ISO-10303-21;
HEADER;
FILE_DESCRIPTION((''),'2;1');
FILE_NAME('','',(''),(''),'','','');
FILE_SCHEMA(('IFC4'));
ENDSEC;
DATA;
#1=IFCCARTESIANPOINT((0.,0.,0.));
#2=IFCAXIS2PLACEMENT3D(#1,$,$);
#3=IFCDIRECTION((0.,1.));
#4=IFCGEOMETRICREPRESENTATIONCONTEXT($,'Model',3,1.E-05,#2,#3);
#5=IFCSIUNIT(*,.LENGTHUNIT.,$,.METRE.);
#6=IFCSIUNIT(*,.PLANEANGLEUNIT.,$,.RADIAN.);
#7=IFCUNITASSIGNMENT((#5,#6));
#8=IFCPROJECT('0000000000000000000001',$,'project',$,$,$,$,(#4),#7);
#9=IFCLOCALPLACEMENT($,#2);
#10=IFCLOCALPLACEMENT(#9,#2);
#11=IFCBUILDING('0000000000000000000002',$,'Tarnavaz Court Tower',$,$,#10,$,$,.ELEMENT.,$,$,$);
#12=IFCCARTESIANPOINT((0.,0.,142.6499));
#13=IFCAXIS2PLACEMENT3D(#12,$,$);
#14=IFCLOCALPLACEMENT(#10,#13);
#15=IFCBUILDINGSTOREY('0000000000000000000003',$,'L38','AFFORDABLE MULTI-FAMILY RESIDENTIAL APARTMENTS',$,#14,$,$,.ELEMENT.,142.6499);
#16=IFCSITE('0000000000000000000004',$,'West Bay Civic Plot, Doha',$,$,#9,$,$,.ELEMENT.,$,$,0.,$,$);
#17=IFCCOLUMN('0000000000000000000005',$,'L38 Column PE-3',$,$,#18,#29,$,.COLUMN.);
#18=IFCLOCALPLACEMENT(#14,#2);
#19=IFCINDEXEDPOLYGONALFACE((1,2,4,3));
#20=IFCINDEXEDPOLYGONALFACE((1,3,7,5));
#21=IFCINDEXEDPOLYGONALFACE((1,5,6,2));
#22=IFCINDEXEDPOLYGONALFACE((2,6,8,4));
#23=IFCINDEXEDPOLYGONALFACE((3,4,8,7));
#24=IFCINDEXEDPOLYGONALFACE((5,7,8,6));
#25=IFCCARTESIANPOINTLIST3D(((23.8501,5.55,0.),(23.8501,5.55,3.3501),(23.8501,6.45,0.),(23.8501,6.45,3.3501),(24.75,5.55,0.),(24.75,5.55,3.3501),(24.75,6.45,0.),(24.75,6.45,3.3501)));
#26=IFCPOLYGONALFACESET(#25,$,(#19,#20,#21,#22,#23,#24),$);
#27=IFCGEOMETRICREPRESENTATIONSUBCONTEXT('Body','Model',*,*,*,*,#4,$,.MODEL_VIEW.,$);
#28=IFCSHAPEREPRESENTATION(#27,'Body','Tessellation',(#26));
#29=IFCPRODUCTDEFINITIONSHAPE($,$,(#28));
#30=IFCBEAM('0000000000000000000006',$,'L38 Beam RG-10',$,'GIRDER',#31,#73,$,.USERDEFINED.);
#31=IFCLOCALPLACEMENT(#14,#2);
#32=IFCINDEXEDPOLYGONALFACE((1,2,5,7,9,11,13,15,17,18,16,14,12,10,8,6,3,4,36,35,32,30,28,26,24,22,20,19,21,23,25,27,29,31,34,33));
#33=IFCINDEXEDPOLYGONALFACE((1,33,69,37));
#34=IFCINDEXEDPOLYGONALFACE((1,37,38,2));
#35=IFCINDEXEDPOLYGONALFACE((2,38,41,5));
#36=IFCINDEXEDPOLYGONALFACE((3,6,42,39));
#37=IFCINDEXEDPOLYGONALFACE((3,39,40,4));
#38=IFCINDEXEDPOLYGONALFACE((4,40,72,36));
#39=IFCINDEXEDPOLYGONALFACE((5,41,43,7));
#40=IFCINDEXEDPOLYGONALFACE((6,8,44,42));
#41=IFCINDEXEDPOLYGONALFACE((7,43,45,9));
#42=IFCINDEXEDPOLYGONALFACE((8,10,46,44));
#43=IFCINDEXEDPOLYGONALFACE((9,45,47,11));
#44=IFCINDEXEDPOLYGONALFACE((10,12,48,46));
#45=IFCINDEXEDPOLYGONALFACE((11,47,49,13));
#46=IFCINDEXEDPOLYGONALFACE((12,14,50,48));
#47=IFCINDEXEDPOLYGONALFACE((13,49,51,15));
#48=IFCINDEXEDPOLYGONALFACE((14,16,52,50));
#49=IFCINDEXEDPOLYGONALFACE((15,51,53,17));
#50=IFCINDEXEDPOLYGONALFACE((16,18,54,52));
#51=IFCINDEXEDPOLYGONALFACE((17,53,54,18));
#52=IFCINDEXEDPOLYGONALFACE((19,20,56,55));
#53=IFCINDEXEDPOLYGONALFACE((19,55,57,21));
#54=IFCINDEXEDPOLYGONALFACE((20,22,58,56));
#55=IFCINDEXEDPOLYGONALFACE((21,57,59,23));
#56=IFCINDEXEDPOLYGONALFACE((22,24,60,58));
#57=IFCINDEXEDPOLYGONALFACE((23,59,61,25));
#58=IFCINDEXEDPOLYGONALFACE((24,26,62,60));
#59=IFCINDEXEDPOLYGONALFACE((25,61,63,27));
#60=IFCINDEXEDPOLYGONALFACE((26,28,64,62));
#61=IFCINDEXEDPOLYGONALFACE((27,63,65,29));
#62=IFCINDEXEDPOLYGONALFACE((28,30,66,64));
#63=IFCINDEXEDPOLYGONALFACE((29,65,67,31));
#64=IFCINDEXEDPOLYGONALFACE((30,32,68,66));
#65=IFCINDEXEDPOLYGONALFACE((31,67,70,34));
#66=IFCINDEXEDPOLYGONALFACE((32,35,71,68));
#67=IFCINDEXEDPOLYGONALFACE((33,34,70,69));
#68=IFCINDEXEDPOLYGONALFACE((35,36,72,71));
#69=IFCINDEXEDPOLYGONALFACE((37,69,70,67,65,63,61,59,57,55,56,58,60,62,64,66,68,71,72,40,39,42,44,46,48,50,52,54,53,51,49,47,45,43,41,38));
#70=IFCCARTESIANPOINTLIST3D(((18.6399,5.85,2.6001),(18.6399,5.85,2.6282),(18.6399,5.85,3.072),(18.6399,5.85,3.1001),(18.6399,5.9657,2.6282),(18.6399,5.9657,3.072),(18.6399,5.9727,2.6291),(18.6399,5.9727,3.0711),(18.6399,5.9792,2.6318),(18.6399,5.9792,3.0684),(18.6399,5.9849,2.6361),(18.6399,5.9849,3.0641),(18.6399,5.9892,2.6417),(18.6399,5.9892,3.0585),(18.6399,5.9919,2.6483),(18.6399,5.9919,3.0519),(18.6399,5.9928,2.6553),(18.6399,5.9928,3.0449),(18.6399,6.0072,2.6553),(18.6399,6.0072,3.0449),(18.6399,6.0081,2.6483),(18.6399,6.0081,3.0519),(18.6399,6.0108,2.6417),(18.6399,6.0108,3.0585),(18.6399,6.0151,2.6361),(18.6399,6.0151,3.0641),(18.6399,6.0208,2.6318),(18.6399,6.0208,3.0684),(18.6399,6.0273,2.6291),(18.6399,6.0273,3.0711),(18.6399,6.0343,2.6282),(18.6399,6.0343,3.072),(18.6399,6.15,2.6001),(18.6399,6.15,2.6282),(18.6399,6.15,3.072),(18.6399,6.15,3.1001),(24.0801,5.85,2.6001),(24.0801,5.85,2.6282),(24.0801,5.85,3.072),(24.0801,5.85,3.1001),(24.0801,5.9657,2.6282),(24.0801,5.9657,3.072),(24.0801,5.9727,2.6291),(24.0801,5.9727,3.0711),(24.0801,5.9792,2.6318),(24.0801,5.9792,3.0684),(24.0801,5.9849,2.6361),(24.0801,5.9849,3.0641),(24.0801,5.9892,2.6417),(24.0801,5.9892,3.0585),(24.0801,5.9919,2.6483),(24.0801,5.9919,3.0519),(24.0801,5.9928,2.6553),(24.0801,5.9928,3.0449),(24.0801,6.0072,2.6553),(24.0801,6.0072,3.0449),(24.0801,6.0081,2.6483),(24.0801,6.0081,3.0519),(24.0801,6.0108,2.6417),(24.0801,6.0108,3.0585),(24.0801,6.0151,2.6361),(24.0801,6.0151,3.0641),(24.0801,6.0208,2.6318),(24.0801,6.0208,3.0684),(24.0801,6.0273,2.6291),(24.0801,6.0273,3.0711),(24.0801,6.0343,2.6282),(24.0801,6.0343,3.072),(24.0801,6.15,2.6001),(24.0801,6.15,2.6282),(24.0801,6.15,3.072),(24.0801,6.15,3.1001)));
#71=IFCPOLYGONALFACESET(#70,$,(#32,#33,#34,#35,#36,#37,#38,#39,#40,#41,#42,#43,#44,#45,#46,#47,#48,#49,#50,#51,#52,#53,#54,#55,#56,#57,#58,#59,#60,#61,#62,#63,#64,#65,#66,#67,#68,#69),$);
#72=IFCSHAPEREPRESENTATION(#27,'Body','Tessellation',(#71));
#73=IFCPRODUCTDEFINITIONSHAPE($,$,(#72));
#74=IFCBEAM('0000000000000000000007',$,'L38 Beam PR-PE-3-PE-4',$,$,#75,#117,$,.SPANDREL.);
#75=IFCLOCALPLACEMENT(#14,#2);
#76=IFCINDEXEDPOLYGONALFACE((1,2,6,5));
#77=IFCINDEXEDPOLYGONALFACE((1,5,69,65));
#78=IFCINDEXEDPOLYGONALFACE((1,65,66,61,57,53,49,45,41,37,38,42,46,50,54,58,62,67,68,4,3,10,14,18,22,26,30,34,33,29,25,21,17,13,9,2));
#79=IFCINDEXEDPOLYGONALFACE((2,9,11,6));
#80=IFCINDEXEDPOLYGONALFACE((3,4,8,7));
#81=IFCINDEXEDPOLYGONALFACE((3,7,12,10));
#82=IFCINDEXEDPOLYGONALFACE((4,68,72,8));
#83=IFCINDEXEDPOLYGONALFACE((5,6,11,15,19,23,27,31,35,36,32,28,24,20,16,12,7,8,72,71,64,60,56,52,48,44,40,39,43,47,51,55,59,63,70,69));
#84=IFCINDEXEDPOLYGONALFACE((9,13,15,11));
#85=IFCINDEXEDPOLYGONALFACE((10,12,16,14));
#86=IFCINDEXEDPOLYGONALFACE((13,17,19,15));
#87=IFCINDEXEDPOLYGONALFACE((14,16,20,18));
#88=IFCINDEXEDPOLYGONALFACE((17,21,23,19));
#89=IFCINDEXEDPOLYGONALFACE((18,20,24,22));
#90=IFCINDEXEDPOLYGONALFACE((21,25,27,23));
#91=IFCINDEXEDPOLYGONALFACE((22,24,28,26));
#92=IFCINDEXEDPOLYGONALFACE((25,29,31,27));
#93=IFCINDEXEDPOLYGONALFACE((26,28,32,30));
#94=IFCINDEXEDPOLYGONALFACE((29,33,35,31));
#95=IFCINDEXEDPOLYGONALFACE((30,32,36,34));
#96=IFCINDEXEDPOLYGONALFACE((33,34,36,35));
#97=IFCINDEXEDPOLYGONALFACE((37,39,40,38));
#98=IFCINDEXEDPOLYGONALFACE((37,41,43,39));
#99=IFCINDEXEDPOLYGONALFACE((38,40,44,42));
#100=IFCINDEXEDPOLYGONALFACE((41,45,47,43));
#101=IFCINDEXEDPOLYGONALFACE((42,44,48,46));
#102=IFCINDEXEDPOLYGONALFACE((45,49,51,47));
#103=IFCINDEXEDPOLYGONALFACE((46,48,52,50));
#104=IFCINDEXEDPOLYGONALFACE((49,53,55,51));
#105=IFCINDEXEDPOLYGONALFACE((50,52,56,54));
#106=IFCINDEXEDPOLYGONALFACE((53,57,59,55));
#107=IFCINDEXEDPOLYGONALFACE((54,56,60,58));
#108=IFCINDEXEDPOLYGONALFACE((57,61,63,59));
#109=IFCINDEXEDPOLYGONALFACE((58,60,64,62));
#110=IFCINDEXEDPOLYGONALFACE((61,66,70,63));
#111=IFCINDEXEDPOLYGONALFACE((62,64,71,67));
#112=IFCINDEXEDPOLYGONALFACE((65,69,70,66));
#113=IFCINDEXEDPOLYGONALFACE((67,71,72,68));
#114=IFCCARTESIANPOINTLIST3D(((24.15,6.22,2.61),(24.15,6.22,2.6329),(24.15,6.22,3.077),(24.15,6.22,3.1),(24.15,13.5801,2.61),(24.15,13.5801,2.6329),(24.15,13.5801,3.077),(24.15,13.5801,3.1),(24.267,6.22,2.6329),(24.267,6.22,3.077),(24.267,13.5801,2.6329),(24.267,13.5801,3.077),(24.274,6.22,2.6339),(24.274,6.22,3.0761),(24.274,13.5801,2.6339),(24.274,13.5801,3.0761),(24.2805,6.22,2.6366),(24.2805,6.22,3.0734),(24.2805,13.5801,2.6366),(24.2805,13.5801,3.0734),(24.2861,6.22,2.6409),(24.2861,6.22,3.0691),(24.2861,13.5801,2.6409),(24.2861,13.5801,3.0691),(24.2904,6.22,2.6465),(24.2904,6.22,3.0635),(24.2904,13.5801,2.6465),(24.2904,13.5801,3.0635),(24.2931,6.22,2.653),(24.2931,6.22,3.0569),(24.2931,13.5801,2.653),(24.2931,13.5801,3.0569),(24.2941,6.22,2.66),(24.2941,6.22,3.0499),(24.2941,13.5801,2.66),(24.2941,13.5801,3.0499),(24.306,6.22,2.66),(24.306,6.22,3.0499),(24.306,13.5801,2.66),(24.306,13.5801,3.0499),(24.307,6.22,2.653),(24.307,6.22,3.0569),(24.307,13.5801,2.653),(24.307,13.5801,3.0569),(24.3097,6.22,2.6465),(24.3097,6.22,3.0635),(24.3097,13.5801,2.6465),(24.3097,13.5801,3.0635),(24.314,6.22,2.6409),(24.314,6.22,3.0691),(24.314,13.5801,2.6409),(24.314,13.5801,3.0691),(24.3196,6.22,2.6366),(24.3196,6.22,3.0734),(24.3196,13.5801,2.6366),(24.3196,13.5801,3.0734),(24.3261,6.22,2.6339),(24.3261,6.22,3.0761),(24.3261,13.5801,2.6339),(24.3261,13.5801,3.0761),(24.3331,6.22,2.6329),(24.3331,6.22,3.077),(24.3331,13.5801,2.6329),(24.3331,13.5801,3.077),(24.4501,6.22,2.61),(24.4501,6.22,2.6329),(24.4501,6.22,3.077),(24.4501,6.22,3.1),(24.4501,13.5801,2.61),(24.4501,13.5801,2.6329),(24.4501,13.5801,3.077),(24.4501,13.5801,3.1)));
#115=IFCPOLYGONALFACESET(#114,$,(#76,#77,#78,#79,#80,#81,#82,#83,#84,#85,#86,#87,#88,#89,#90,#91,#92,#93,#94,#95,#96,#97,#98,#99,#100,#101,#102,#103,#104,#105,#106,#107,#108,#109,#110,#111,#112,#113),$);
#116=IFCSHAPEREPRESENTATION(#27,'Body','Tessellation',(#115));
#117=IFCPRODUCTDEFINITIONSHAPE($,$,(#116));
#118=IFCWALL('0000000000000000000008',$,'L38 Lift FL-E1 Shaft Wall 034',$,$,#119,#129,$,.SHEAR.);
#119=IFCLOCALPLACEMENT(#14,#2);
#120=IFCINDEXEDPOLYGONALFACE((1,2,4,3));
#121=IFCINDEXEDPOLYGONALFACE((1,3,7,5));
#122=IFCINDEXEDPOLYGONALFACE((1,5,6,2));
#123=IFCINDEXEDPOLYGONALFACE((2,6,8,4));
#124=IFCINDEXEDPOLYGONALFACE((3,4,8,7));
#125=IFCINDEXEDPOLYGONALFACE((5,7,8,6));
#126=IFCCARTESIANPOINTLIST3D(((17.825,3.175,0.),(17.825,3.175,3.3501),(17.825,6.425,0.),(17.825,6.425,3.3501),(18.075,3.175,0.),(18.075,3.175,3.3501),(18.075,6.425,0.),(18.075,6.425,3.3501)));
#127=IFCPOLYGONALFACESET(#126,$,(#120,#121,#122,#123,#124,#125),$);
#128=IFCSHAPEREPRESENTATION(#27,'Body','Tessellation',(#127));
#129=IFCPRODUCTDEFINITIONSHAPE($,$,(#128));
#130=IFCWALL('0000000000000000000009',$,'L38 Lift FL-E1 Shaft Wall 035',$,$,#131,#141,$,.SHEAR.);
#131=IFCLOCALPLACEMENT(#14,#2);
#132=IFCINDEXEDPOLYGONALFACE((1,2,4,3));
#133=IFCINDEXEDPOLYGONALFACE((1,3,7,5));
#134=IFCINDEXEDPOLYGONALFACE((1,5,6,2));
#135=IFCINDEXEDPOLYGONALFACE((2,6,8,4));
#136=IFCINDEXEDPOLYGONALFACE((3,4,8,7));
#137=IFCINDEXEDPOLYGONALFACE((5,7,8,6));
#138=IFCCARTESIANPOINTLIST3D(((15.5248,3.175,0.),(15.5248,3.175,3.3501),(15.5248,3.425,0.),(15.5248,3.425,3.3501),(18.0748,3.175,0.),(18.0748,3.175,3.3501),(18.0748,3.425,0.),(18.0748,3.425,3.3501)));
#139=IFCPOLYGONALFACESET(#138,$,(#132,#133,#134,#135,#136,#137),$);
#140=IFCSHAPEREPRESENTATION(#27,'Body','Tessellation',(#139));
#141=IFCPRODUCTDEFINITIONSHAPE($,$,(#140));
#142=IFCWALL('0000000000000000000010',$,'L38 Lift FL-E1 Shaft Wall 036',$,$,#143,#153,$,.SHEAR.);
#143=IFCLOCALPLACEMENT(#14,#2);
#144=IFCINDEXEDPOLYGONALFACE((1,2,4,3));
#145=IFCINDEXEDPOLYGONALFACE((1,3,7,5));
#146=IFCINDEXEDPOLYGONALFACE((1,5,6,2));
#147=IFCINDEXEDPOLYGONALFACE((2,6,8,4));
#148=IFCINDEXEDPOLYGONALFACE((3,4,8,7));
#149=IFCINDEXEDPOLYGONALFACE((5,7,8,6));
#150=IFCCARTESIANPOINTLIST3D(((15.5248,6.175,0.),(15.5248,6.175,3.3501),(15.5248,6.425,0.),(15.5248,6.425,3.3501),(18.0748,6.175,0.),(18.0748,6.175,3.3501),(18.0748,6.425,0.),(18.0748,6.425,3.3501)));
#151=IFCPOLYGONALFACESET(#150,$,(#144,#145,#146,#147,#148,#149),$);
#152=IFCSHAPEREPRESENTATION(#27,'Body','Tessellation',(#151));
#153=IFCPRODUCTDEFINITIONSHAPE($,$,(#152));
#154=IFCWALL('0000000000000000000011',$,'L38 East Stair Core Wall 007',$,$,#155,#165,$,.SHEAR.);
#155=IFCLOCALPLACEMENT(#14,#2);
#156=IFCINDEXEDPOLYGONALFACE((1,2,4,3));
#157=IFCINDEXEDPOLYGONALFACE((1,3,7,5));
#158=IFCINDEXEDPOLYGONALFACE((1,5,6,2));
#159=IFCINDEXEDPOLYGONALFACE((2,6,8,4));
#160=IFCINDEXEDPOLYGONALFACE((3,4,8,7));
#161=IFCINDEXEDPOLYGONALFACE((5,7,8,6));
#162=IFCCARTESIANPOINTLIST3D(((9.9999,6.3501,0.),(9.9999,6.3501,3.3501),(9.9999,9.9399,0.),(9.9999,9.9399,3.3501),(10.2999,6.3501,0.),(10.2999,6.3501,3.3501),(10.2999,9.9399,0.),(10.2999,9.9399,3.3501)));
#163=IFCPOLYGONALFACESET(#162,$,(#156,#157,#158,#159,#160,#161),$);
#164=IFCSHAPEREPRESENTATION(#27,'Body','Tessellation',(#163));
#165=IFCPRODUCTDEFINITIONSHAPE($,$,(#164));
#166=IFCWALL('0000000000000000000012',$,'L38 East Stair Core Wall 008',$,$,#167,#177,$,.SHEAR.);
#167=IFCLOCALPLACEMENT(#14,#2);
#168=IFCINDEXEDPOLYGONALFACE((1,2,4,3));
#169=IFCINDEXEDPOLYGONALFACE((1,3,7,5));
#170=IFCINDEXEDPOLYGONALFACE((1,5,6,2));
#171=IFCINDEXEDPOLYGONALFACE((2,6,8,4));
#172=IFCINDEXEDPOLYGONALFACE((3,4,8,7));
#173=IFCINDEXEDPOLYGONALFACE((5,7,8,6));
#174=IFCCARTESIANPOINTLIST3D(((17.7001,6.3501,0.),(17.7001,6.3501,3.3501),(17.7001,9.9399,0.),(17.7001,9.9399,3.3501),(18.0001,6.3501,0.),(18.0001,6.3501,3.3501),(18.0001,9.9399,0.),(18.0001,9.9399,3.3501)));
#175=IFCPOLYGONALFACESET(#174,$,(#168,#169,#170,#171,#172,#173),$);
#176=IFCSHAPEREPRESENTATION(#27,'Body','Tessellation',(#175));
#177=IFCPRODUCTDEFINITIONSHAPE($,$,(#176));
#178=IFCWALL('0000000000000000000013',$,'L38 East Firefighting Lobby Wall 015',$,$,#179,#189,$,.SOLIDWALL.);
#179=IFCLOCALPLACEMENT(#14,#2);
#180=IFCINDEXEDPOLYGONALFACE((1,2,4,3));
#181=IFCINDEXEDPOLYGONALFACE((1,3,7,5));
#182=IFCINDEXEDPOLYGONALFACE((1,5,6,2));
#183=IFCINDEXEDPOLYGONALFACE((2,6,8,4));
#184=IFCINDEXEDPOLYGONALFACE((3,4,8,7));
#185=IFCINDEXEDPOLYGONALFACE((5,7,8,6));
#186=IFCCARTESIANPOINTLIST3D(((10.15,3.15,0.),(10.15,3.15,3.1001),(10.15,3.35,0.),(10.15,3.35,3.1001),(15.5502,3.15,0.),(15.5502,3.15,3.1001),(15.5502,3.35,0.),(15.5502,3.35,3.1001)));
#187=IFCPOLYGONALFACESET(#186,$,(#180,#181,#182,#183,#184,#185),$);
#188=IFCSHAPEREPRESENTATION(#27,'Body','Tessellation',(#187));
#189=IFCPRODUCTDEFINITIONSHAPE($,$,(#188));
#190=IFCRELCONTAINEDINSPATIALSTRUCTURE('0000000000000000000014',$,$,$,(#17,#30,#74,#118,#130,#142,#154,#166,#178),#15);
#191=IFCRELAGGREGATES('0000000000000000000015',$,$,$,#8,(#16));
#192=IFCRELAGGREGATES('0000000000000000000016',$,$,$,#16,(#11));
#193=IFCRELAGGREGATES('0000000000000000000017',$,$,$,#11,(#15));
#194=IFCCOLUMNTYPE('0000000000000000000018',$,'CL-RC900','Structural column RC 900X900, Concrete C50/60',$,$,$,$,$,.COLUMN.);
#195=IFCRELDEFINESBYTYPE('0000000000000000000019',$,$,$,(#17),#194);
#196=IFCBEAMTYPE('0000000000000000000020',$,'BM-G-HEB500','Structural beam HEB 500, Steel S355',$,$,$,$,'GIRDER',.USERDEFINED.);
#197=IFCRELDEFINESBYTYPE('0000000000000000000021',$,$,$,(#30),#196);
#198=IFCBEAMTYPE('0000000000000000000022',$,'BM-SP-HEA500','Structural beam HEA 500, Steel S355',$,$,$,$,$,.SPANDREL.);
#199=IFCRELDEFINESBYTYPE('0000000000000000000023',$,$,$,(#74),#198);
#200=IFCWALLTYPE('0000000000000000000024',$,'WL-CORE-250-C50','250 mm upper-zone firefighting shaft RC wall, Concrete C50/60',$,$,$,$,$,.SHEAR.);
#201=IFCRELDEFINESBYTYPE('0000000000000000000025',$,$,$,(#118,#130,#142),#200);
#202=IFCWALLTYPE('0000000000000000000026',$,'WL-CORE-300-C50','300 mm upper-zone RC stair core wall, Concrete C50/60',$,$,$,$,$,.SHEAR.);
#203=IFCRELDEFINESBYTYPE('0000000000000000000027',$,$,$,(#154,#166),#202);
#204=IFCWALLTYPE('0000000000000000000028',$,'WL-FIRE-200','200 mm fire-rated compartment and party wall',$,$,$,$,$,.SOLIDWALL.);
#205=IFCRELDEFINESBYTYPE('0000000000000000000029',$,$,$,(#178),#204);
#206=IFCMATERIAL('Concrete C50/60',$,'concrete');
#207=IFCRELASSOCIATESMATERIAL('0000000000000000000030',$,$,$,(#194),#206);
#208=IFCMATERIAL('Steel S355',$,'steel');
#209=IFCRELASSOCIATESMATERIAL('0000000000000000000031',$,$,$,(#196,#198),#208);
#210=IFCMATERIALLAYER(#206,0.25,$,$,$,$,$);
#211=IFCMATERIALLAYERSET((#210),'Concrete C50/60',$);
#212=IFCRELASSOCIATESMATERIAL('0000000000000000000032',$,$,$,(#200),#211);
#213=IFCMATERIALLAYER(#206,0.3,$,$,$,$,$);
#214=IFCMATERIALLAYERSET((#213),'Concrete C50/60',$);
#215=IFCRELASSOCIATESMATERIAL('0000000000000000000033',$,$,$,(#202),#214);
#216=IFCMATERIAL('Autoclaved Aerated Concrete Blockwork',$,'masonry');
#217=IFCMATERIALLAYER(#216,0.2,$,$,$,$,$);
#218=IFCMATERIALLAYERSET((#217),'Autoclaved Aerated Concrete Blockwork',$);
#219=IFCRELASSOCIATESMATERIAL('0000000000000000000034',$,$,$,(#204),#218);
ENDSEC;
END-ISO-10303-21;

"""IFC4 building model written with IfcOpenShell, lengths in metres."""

from ifc_helpers import new_model, si_unit, direction, frame, frame_2d, origin, origin_2d, place, context, subcontext, project, spatial, rectangle, i_section, extrude, material, layer, layer_set, material_profile, profile_set, type_object, element, save


model = new_model("IFC4")

# Units and contexts
model_context = context("Model", 3, precision=1e-05, world=origin(), true_north=direction((0.0, 1.0)))
body_context = subcontext(model_context, "Body", "Model", "MODEL_VIEW")
ifc_project = project(units=[si_unit("LENGTHUNIT", "METRE"), si_unit("PLANEANGLEUNIT", "RADIAN")], contexts=[model_context])

# Site, building, storey
site_placement = place(None, origin())
site = spatial("IfcSite", under=ifc_project, at=site_placement, Name="West Bay Civic Plot, Doha", CompositionType="ELEMENT", RefElevation=0.0)
building_placement = place(site_placement, origin())
building = spatial("IfcBuilding", under=site, at=building_placement, Name="Tarnavaz Court Tower", CompositionType="ELEMENT")
storey_placement = place(building_placement, frame((0.0, 0.0, 142.6499)))
storey = spatial("IfcBuildingStorey", under=building, at=storey_placement, Name="L38", Description="AFFORDABLE MULTI-FAMILY RESIDENTIAL APARTMENTS", CompositionType="ELEMENT", Elevation=142.6499)

# Column
ifc_material_1 = material(Name="Concrete C50/60", Category="concrete")
ifc_material_profile_1 = material_profile(ifc_material_1, rectangle(XDim=0.8999, YDim=0.8999, at=origin_2d()), Name="RC 900X900")
ifc_profile_set_1 = profile_set([ifc_material_profile_1], Name="Concrete C50/60")
column_type = type_object("IfcColumnType", Name="CL-RC900", Description="Structural column RC 900X900, Concrete C50/60", PredefinedType="COLUMN", material=ifc_profile_set_1)
column_placement = place(storey_placement, frame((24.3, 6.0, 0.0), z_axis=(0.0, 0.0, 1.0), x_axis=(1.0, 0.0, 0.0)))
element("IfcColumn", 1, at=column_placement, inside=storey, type_object=column_type, Name="L38 Column PE-3", PredefinedType="COLUMN", context=body_context, shape_type="SweptSolid", body=[
    extrude(rectangle(XDim=0.8999, YDim=0.8999, at=origin_2d()), origin(), (0.0, 0.0, 1.0), 3.3501),
])

# Beams
ifc_material_2 = material(Name="Steel S355", Category="steel")
ifc_material_profile_2 = material_profile(ifc_material_2, i_section(OverallWidth=0.3, OverallDepth=0.5, WebThickness=0.0144, FlangeThickness=0.0281, FilletRadius=0.0271, at=origin_2d()), Name="HEB 500")
ifc_profile_set_2 = profile_set([ifc_material_profile_2], Name="Steel S355")
beam_type_1 = type_object("IfcBeamType", Name="BM-G-HEB500", Description="Structural beam HEB 500, Steel S355", ElementType="GIRDER", PredefinedType="USERDEFINED", material=ifc_profile_set_2)
beam_1_placement = place(storey_placement, frame((18.6399, 6.0, 2.8501), z_axis=(1.0, 0.0, 0.0), x_axis=(0.0, 1.0, 0.0)))
element("IfcBeam", 2, at=beam_1_placement, inside=storey, type_object=beam_type_1, Name="L38 Beam RG-10", ObjectType="GIRDER", PredefinedType="USERDEFINED", context=body_context, shape_type="SweptSolid", body=[
    extrude(i_section(OverallWidth=0.3, OverallDepth=0.5, WebThickness=0.0144, FlangeThickness=0.0281, FilletRadius=0.0271, at=origin_2d()), origin(), (0.0, 0.0, 1.0), 5.4402),
])
ifc_material_profile_3 = material_profile(ifc_material_2, i_section(OverallWidth=0.3, OverallDepth=0.49, WebThickness=0.012, FlangeThickness=0.0229, FilletRadius=0.0271, at=origin_2d()), Name="HEA 500")
ifc_profile_set_3 = profile_set([ifc_material_profile_3], Name="Steel S355")
beam_type_2 = type_object("IfcBeamType", Name="BM-SP-HEA500", Description="Structural beam HEA 500, Steel S355", PredefinedType="SPANDREL", material=ifc_profile_set_3)
beam_2_placement = place(storey_placement, frame((24.3, 6.22, 2.855), z_axis=(0.0, 1.0, 0.0), x_axis=(-1.0, 0.0, 0.0)))
element("IfcBeam", 3, at=beam_2_placement, inside=storey, type_object=beam_type_2, Name="L38 Beam PR-PE-3-PE-4", PredefinedType="SPANDREL", context=body_context, shape_type="SweptSolid", body=[
    extrude(i_section(OverallWidth=0.3, OverallDepth=0.49, WebThickness=0.012, FlangeThickness=0.0229, FilletRadius=0.0271, at=origin_2d()), origin(), (0.0, 0.0, 1.0), 7.3601),
])

# Shared definitions
ifc_layer_1 = layer(ifc_material_1, 0.25)
ifc_layer_set_1 = layer_set([ifc_layer_1], Name="Concrete C50/60")
wall_type_1 = type_object("IfcWallType", Name="WL-CORE-250-C50", Description="250 mm upper-zone firefighting shaft RC wall, Concrete C50/60", PredefinedType="SHEAR", material=ifc_layer_set_1)

# Walls
wall_1_placement = place(storey_placement, frame((17.95, 3.175, 0.0), z_axis=(0.0, 0.0, 1.0), x_axis=(0.0, 1.0, 0.0)))
element("IfcWall", 4, at=wall_1_placement, inside=storey, type_object=wall_type_1, Name="L38 Lift FL-E1 Shaft Wall 034", PredefinedType="SHEAR", context=body_context, shape_type="SweptSolid", body=[
    extrude(rectangle(XDim=3.25, YDim=0.25, at=frame_2d((1.625, 0.0))), origin(), (0.0, 0.0, 1.0), 3.3501),
])
for number, where, z_axis, x_axis, name in (
    (5, (15.5249, 3.3, 0.0), (0.0, 0.0, 1.0), (1.0, 0.0, 0.0), "L38 Lift FL-E1 Shaft Wall 035"),
    (6, (15.5249, 6.3, 0.0), (0.0, 0.0, 1.0), (1.0, 0.0, 0.0), "L38 Lift FL-E1 Shaft Wall 036"),
):
    element("IfcWall", number, at=place(storey_placement, frame(where, z_axis=z_axis, x_axis=x_axis)), inside=storey, type_object=wall_type_1, Name=name, PredefinedType="SHEAR", context=body_context, shape_type="SweptSolid", body=[
        extrude(rectangle(XDim=2.55, YDim=0.25, at=frame_2d((1.2749, 0.0))), origin(), (0.0, 0.0, 1.0), 3.3501),
    ])
ifc_layer_2 = layer(ifc_material_1, 0.3)
ifc_layer_set_2 = layer_set([ifc_layer_2], Name="Concrete C50/60")
wall_type_2 = type_object("IfcWallType", Name="WL-CORE-300-C50", Description="300 mm upper-zone RC stair core wall, Concrete C50/60", PredefinedType="SHEAR", material=ifc_layer_set_2)
for number, where, z_axis, x_axis, name in (
    (7, (10.1499, 6.3501, 0.0), (0.0, 0.0, 1.0), (0.0, 1.0, 0.0), "L38 East Stair Core Wall 007"),
    (8, (17.8501, 6.3501, 0.0), (0.0, 0.0, 1.0), (0.0, 1.0, 0.0), "L38 East Stair Core Wall 008"),
):
    element("IfcWall", number, at=place(storey_placement, frame(where, z_axis=z_axis, x_axis=x_axis)), inside=storey, type_object=wall_type_2, Name=name, PredefinedType="SHEAR", context=body_context, shape_type="SweptSolid", body=[
        extrude(rectangle(XDim=3.5898, YDim=0.3, at=frame_2d((1.7949, 0.0))), origin(), (0.0, 0.0, 1.0), 3.3501),
    ])
ifc_material_3 = material(Name="Autoclaved Aerated Concrete Blockwork", Category="masonry")
ifc_layer_3 = layer(ifc_material_3, 0.2)
ifc_layer_set_3 = layer_set([ifc_layer_3], Name="Autoclaved Aerated Concrete Blockwork")
wall_type_3 = type_object("IfcWallType", Name="WL-FIRE-200", Description="200 mm fire-rated compartment and party wall", PredefinedType="SOLIDWALL", material=ifc_layer_set_3)
wall_2_placement = place(storey_placement, frame((10.1499, 3.25, 0.0), z_axis=(0.0, 0.0, 1.0), x_axis=(1.0, 0.0, 0.0)))
element("IfcWall", 9, at=wall_2_placement, inside=storey, type_object=wall_type_3, Name="L38 East Firefighting Lobby Wall 015", PredefinedType="SOLIDWALL", context=body_context, shape_type="SweptSolid", body=[
    extrude(rectangle(XDim=5.4001, YDim=0.2, at=frame_2d((2.7002, 0.0))), origin(), (0.0, 0.0, 1.0), 3.1001),
])

save(model, "model.ifc")
